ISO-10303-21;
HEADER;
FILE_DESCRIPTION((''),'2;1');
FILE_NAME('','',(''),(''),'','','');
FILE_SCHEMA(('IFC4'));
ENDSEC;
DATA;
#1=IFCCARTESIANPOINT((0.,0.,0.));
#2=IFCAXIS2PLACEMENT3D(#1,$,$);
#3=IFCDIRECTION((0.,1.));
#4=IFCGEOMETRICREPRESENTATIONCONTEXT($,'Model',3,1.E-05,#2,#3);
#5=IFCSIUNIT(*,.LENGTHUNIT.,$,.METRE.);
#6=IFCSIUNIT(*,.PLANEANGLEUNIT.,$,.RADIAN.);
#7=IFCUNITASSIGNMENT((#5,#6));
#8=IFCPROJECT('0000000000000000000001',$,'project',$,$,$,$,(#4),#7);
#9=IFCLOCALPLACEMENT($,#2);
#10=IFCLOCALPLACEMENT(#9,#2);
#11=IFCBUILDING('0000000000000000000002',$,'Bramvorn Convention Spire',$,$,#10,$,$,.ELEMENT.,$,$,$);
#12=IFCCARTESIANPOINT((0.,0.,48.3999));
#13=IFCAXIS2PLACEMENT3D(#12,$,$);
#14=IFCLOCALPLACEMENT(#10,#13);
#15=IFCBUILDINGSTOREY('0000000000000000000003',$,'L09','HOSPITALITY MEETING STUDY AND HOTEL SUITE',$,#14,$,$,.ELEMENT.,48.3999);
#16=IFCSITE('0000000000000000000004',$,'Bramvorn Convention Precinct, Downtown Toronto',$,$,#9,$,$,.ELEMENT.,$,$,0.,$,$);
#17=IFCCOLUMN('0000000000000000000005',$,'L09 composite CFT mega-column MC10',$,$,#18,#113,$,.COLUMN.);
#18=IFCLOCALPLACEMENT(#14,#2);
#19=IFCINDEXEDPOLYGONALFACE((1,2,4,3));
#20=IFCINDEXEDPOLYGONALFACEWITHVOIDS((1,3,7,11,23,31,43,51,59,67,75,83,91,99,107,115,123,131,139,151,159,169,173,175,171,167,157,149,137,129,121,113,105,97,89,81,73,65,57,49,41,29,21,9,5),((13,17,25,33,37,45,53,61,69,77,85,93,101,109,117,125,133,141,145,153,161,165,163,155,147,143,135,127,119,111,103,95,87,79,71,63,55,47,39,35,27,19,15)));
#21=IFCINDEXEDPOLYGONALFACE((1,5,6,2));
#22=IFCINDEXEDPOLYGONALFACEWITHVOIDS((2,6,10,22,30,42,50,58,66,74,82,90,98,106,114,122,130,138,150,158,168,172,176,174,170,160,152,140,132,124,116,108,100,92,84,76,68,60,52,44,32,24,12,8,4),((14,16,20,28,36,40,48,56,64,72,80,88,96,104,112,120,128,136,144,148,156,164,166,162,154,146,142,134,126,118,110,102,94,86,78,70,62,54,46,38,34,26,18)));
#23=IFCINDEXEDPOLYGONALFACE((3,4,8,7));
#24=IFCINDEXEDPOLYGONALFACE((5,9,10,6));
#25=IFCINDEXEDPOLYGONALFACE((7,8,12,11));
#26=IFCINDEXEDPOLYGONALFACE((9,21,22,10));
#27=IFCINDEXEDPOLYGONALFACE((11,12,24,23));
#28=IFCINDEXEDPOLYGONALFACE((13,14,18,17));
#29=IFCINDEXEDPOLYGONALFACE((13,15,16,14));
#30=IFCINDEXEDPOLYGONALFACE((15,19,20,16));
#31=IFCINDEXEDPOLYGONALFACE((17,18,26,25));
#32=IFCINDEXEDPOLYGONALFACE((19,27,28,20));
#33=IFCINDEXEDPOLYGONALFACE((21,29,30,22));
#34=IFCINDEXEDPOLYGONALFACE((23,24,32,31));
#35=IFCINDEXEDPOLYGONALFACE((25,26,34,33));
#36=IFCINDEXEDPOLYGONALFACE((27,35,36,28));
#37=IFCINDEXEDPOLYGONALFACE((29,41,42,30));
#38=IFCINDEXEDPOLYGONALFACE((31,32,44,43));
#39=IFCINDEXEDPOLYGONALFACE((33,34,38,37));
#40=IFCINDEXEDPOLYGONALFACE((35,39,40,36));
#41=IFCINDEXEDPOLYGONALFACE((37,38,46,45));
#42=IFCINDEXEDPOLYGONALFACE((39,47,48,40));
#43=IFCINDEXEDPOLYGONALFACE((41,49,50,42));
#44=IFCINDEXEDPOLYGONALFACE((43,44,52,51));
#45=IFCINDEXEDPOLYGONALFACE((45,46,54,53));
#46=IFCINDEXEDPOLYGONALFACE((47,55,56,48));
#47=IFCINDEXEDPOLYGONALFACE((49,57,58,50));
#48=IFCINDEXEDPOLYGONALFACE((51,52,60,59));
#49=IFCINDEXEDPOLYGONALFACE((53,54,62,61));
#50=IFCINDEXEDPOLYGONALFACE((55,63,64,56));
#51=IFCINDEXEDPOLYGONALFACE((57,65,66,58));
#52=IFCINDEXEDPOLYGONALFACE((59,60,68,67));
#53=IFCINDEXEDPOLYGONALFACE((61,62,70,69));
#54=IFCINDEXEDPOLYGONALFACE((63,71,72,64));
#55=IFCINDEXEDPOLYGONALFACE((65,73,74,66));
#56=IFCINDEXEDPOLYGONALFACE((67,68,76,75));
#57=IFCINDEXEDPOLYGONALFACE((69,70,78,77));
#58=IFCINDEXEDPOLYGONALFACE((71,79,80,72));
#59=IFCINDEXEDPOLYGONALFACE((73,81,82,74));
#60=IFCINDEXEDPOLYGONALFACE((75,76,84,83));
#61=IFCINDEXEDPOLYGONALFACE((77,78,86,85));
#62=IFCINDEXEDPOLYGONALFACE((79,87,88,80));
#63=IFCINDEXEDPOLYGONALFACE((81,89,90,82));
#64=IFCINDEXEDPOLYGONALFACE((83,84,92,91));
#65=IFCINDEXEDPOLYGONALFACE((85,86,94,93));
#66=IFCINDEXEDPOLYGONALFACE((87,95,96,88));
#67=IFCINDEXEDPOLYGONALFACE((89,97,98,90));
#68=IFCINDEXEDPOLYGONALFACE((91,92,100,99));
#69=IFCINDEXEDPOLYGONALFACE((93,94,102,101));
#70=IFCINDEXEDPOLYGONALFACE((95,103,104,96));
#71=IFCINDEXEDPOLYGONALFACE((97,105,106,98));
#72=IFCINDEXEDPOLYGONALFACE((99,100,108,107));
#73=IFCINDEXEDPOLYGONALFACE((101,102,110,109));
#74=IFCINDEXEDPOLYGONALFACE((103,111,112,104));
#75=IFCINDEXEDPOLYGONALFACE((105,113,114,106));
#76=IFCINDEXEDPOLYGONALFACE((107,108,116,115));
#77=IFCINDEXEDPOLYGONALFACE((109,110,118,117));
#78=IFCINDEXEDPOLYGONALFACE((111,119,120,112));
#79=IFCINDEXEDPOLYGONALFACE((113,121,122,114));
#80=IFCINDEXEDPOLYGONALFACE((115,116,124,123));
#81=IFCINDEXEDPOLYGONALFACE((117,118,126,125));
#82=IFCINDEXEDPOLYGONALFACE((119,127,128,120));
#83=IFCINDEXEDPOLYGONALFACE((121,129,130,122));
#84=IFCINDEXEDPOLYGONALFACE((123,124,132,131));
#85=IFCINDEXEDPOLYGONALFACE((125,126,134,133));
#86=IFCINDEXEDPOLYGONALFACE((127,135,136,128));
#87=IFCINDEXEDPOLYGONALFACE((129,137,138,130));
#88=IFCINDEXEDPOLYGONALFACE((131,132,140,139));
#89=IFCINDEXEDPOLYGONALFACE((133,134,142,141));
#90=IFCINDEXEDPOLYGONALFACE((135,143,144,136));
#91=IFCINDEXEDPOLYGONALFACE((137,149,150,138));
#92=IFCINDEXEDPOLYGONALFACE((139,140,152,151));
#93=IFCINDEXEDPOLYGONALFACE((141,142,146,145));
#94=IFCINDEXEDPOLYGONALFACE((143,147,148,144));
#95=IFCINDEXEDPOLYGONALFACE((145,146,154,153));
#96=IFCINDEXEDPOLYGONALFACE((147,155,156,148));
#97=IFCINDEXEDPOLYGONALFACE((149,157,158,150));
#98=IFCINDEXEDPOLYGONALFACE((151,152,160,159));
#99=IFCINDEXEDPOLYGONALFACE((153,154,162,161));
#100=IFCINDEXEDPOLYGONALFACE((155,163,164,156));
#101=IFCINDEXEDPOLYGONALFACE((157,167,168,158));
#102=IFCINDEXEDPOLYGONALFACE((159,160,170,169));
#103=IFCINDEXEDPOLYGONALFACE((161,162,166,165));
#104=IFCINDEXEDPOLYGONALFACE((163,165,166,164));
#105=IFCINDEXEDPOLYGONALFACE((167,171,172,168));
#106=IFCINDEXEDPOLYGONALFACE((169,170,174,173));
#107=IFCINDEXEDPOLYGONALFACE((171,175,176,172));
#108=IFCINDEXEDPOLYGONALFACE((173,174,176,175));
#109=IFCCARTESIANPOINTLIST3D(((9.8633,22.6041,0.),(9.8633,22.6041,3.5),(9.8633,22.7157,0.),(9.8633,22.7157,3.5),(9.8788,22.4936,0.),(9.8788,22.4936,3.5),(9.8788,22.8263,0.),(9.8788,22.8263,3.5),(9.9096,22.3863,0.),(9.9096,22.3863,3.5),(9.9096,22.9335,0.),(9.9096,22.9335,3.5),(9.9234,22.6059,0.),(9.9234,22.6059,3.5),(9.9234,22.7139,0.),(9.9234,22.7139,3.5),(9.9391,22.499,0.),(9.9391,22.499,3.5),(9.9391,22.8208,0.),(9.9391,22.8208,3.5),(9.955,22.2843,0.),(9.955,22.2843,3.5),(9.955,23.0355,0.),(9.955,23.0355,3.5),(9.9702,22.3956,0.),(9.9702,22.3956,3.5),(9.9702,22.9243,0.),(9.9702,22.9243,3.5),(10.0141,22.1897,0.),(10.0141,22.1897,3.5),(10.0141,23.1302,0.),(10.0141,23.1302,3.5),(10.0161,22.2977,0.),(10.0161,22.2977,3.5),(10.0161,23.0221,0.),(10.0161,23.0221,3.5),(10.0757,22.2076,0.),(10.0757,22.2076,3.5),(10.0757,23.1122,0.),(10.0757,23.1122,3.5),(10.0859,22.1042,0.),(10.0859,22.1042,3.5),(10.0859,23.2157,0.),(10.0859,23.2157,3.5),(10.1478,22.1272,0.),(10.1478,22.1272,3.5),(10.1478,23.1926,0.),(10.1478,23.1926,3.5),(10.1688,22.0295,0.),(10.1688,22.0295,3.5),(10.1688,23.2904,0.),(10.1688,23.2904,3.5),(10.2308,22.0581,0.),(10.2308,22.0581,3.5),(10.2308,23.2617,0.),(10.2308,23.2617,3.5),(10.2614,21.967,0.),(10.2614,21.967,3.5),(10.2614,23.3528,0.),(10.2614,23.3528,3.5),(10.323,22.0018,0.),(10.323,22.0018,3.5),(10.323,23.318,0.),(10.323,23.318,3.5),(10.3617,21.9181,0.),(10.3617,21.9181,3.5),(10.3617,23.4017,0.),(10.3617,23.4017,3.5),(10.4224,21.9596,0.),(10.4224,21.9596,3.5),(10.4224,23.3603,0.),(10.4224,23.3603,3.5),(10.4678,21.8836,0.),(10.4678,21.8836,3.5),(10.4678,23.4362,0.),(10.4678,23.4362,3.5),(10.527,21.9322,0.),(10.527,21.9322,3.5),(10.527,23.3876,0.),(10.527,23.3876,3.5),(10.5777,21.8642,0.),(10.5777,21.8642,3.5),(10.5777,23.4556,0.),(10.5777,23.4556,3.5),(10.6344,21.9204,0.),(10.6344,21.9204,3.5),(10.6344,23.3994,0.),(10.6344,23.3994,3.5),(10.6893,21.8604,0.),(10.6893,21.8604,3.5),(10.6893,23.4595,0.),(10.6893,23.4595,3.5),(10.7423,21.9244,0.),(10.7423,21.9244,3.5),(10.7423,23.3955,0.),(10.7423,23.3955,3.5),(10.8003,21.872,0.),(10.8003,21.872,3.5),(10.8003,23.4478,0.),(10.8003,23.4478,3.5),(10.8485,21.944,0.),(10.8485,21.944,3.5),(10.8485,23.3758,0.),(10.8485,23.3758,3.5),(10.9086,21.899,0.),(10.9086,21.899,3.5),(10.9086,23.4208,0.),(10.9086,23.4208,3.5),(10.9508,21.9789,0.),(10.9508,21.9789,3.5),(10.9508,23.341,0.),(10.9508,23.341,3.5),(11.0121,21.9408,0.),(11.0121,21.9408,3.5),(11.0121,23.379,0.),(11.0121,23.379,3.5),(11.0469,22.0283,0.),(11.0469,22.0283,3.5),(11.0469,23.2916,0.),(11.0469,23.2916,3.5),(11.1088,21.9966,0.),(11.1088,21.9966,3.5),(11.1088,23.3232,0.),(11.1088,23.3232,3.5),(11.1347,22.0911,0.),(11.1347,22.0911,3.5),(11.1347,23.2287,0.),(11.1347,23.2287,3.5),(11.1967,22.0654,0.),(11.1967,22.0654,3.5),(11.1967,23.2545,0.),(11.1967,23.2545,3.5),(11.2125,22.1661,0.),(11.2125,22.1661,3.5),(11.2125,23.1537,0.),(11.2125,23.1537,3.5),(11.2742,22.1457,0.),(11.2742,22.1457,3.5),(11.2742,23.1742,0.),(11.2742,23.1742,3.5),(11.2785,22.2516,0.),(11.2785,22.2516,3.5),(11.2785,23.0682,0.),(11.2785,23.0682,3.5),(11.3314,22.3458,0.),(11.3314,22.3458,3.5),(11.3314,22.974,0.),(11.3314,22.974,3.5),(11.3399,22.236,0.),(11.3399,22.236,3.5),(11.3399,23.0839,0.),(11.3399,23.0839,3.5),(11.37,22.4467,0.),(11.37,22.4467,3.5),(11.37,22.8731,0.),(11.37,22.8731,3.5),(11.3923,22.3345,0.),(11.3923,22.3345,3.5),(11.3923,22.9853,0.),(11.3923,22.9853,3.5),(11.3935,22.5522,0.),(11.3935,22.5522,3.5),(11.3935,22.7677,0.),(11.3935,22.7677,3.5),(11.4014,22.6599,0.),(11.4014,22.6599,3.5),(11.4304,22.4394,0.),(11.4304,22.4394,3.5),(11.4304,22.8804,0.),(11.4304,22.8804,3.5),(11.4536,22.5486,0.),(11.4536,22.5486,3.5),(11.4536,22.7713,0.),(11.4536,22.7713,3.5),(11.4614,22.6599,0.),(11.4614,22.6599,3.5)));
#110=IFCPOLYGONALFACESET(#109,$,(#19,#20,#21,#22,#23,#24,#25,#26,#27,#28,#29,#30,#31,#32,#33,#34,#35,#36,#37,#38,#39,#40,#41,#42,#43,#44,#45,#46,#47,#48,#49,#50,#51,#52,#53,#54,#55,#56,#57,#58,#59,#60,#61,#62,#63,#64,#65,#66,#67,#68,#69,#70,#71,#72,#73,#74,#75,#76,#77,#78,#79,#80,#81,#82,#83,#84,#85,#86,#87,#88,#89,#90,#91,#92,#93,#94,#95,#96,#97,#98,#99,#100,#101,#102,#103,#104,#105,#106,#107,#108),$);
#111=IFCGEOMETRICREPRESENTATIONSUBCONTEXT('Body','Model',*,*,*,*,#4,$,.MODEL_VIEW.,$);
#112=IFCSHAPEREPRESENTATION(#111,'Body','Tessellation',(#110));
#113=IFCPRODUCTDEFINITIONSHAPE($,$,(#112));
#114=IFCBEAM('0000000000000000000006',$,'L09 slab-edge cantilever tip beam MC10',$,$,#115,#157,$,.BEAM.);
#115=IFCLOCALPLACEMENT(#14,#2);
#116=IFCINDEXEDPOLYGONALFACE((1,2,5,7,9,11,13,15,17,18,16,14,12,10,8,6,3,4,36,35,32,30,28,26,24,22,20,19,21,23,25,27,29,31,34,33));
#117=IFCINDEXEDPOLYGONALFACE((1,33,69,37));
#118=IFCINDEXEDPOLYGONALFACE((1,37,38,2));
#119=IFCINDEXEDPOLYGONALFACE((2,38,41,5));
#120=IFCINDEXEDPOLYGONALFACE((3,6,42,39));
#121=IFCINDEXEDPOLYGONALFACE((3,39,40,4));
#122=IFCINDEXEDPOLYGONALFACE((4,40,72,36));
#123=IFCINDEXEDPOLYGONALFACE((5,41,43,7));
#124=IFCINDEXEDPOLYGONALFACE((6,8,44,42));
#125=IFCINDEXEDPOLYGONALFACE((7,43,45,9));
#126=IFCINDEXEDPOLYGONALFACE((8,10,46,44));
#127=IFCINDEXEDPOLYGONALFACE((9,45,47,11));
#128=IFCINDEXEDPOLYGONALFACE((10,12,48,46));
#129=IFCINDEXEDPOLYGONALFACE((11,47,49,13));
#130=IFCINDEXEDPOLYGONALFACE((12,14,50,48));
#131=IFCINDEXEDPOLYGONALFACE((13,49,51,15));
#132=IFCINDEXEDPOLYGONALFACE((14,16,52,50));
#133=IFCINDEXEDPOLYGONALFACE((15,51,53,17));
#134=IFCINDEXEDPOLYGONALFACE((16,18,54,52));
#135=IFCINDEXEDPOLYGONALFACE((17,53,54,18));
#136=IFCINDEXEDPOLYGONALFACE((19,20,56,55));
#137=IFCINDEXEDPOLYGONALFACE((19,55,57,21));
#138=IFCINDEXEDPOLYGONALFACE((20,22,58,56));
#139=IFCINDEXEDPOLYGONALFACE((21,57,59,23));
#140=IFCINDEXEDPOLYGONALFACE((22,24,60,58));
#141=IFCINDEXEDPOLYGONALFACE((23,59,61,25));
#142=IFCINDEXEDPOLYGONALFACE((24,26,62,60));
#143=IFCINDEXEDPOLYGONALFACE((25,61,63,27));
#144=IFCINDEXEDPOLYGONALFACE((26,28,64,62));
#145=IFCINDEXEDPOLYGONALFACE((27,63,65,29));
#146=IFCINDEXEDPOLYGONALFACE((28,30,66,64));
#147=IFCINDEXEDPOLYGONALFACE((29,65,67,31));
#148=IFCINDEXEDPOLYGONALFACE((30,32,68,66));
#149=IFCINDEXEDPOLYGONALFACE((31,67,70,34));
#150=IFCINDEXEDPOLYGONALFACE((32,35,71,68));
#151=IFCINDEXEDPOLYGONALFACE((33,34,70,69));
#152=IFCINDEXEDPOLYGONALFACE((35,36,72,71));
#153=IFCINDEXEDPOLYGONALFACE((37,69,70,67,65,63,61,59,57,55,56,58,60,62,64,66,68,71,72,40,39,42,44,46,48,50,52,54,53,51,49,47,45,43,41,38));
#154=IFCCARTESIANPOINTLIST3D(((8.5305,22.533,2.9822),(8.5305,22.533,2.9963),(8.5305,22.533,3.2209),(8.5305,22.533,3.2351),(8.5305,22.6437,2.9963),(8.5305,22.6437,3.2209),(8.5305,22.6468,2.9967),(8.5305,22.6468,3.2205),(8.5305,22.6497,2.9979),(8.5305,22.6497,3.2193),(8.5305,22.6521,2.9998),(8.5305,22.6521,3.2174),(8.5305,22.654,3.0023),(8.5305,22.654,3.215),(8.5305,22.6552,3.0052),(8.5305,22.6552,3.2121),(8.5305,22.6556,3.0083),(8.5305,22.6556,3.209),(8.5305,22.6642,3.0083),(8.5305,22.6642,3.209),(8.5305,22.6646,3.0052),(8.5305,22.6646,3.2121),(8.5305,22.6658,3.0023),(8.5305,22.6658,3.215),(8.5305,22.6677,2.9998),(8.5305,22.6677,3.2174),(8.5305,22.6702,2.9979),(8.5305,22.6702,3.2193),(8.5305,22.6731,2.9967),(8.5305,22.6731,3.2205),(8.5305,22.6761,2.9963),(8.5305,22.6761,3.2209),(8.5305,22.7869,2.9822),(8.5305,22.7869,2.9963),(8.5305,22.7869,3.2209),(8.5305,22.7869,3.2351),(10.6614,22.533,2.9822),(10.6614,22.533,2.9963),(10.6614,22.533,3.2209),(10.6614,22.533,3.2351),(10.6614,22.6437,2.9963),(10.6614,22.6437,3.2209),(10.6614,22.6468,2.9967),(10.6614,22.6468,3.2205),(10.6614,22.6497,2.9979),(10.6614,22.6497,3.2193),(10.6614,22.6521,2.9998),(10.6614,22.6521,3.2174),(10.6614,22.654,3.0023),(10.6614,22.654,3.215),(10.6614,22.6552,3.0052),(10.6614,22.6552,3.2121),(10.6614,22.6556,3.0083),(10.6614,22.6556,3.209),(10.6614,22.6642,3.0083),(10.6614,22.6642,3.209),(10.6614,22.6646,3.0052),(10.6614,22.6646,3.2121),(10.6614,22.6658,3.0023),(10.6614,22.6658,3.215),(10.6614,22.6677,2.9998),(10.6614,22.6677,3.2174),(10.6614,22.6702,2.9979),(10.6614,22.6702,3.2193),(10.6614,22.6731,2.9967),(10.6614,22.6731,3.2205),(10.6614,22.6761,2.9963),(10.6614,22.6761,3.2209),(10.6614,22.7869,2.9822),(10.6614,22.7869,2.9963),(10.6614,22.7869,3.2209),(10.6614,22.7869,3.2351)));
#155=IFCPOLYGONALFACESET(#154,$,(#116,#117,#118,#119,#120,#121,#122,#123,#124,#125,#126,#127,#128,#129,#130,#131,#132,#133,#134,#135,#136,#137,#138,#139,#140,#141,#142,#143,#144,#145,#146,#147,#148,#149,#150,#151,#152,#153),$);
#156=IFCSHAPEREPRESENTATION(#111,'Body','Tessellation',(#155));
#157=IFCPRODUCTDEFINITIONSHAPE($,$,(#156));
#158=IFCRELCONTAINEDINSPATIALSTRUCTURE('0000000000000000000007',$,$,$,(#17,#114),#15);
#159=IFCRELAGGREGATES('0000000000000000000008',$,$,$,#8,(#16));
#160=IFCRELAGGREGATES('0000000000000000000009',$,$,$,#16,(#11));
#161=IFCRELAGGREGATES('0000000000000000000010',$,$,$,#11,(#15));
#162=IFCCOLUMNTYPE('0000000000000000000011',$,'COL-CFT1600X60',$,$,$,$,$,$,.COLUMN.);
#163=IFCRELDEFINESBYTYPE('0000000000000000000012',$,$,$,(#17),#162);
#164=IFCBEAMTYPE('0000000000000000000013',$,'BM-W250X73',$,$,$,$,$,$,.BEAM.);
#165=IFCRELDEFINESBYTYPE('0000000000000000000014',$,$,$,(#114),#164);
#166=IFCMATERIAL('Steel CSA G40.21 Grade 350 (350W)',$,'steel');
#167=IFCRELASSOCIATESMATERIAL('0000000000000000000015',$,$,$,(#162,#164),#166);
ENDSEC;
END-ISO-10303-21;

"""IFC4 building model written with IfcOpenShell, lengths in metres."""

from ifc_helpers import new_model, si_unit, direction, frame, origin, origin_2d, place, context, subcontext, project, spatial, hollow_circle, i_section, extrude, material, material_profile, profile_set, type_object, element, save


model = new_model("IFC4")

# Units and contexts
model_context = context("Model", 3, precision=1e-05, world=origin(), true_north=direction((0.0, 1.0)))
body_context = subcontext(model_context, "Body", "Model", "MODEL_VIEW")
ifc_project = project(units=[si_unit("LENGTHUNIT", "METRE"), si_unit("PLANEANGLEUNIT", "RADIAN")], contexts=[model_context])

# Site, building, storey
site_placement = place(None, origin())
site = spatial("IfcSite", under=ifc_project, at=site_placement, Name="Bramvorn Convention Precinct, Downtown Toronto", CompositionType="ELEMENT", RefElevation=0.0)
building_placement = place(site_placement, origin())
building = spatial("IfcBuilding", under=site, at=building_placement, Name="Bramvorn Convention Spire", CompositionType="ELEMENT")
storey_placement = place(building_placement, frame((0.0, 0.0, 48.3999)))
storey = spatial("IfcBuildingStorey", under=building, at=storey_placement, Name="L09", Description="HOSPITALITY MEETING STUDY AND HOTEL SUITE", CompositionType="ELEMENT", Elevation=48.3999)

# Column
ifc_material_1 = material(Name="Steel CSA G40.21 Grade 350 (350W)", Category="steel")
ifc_material_profile_1 = material_profile(ifc_material_1, hollow_circle(Radius=0.8, WallThickness=0.0601, at=origin_2d()))
ifc_profile_set_1 = profile_set([ifc_material_profile_1], Name="Steel CSA G40.21 Grade 350 (350W) - CFT1600X60")
column_type = type_object("IfcColumnType", Name="COL-CFT1600X60", PredefinedType="COLUMN", material=ifc_profile_set_1)
column_placement = place(storey_placement, frame((10.6614, 22.6599, 0.0), z_axis=(0.0, 0.0, 1.0), x_axis=(1.0, 0.0, 0.0)))
element("IfcColumn", 1, at=column_placement, inside=storey, type_object=column_type, Name="L09 composite CFT mega-column MC10", PredefinedType="COLUMN", context=body_context, shape_type="SweptSolid", body=[
    extrude(hollow_circle(Radius=0.8, WallThickness=0.0601, at=origin_2d()), origin(), (0.0, 0.0, 1.0), 3.5),
])

# Beam
ifc_material_profile_2 = material_profile(ifc_material_1, i_section(OverallWidth=0.2539, OverallDepth=0.2529, WebThickness=0.0085, FlangeThickness=0.0142, FilletRadius=0.012, at=origin_2d()))
ifc_profile_set_2 = profile_set([ifc_material_profile_2], Name="Steel CSA G40.21 Grade 350 (350W) - W250X73")
beam_type_1 = type_object("IfcBeamType", Name="BM-W250X73", PredefinedType="BEAM", material=ifc_profile_set_2)
beam_1_placement = place(storey_placement, frame((10.6614, 22.6599, 3.1086), z_axis=(-1.0, 0.0, 0.0), x_axis=(0.0, -1.0, 0.0)))
element("IfcBeam", 2, at=beam_1_placement, inside=storey, type_object=beam_type_1, Name="L09 slab-edge cantilever tip beam MC10", PredefinedType="BEAM", context=body_context, shape_type="SweptSolid", body=[
    extrude(i_section(OverallWidth=0.2539, OverallDepth=0.2529, WebThickness=0.0085, FlangeThickness=0.0142, FilletRadius=0.012, at=origin_2d()), origin(), (0.0, 0.0, 1.0), 2.1309),
])

save(model, "model.ifc")
